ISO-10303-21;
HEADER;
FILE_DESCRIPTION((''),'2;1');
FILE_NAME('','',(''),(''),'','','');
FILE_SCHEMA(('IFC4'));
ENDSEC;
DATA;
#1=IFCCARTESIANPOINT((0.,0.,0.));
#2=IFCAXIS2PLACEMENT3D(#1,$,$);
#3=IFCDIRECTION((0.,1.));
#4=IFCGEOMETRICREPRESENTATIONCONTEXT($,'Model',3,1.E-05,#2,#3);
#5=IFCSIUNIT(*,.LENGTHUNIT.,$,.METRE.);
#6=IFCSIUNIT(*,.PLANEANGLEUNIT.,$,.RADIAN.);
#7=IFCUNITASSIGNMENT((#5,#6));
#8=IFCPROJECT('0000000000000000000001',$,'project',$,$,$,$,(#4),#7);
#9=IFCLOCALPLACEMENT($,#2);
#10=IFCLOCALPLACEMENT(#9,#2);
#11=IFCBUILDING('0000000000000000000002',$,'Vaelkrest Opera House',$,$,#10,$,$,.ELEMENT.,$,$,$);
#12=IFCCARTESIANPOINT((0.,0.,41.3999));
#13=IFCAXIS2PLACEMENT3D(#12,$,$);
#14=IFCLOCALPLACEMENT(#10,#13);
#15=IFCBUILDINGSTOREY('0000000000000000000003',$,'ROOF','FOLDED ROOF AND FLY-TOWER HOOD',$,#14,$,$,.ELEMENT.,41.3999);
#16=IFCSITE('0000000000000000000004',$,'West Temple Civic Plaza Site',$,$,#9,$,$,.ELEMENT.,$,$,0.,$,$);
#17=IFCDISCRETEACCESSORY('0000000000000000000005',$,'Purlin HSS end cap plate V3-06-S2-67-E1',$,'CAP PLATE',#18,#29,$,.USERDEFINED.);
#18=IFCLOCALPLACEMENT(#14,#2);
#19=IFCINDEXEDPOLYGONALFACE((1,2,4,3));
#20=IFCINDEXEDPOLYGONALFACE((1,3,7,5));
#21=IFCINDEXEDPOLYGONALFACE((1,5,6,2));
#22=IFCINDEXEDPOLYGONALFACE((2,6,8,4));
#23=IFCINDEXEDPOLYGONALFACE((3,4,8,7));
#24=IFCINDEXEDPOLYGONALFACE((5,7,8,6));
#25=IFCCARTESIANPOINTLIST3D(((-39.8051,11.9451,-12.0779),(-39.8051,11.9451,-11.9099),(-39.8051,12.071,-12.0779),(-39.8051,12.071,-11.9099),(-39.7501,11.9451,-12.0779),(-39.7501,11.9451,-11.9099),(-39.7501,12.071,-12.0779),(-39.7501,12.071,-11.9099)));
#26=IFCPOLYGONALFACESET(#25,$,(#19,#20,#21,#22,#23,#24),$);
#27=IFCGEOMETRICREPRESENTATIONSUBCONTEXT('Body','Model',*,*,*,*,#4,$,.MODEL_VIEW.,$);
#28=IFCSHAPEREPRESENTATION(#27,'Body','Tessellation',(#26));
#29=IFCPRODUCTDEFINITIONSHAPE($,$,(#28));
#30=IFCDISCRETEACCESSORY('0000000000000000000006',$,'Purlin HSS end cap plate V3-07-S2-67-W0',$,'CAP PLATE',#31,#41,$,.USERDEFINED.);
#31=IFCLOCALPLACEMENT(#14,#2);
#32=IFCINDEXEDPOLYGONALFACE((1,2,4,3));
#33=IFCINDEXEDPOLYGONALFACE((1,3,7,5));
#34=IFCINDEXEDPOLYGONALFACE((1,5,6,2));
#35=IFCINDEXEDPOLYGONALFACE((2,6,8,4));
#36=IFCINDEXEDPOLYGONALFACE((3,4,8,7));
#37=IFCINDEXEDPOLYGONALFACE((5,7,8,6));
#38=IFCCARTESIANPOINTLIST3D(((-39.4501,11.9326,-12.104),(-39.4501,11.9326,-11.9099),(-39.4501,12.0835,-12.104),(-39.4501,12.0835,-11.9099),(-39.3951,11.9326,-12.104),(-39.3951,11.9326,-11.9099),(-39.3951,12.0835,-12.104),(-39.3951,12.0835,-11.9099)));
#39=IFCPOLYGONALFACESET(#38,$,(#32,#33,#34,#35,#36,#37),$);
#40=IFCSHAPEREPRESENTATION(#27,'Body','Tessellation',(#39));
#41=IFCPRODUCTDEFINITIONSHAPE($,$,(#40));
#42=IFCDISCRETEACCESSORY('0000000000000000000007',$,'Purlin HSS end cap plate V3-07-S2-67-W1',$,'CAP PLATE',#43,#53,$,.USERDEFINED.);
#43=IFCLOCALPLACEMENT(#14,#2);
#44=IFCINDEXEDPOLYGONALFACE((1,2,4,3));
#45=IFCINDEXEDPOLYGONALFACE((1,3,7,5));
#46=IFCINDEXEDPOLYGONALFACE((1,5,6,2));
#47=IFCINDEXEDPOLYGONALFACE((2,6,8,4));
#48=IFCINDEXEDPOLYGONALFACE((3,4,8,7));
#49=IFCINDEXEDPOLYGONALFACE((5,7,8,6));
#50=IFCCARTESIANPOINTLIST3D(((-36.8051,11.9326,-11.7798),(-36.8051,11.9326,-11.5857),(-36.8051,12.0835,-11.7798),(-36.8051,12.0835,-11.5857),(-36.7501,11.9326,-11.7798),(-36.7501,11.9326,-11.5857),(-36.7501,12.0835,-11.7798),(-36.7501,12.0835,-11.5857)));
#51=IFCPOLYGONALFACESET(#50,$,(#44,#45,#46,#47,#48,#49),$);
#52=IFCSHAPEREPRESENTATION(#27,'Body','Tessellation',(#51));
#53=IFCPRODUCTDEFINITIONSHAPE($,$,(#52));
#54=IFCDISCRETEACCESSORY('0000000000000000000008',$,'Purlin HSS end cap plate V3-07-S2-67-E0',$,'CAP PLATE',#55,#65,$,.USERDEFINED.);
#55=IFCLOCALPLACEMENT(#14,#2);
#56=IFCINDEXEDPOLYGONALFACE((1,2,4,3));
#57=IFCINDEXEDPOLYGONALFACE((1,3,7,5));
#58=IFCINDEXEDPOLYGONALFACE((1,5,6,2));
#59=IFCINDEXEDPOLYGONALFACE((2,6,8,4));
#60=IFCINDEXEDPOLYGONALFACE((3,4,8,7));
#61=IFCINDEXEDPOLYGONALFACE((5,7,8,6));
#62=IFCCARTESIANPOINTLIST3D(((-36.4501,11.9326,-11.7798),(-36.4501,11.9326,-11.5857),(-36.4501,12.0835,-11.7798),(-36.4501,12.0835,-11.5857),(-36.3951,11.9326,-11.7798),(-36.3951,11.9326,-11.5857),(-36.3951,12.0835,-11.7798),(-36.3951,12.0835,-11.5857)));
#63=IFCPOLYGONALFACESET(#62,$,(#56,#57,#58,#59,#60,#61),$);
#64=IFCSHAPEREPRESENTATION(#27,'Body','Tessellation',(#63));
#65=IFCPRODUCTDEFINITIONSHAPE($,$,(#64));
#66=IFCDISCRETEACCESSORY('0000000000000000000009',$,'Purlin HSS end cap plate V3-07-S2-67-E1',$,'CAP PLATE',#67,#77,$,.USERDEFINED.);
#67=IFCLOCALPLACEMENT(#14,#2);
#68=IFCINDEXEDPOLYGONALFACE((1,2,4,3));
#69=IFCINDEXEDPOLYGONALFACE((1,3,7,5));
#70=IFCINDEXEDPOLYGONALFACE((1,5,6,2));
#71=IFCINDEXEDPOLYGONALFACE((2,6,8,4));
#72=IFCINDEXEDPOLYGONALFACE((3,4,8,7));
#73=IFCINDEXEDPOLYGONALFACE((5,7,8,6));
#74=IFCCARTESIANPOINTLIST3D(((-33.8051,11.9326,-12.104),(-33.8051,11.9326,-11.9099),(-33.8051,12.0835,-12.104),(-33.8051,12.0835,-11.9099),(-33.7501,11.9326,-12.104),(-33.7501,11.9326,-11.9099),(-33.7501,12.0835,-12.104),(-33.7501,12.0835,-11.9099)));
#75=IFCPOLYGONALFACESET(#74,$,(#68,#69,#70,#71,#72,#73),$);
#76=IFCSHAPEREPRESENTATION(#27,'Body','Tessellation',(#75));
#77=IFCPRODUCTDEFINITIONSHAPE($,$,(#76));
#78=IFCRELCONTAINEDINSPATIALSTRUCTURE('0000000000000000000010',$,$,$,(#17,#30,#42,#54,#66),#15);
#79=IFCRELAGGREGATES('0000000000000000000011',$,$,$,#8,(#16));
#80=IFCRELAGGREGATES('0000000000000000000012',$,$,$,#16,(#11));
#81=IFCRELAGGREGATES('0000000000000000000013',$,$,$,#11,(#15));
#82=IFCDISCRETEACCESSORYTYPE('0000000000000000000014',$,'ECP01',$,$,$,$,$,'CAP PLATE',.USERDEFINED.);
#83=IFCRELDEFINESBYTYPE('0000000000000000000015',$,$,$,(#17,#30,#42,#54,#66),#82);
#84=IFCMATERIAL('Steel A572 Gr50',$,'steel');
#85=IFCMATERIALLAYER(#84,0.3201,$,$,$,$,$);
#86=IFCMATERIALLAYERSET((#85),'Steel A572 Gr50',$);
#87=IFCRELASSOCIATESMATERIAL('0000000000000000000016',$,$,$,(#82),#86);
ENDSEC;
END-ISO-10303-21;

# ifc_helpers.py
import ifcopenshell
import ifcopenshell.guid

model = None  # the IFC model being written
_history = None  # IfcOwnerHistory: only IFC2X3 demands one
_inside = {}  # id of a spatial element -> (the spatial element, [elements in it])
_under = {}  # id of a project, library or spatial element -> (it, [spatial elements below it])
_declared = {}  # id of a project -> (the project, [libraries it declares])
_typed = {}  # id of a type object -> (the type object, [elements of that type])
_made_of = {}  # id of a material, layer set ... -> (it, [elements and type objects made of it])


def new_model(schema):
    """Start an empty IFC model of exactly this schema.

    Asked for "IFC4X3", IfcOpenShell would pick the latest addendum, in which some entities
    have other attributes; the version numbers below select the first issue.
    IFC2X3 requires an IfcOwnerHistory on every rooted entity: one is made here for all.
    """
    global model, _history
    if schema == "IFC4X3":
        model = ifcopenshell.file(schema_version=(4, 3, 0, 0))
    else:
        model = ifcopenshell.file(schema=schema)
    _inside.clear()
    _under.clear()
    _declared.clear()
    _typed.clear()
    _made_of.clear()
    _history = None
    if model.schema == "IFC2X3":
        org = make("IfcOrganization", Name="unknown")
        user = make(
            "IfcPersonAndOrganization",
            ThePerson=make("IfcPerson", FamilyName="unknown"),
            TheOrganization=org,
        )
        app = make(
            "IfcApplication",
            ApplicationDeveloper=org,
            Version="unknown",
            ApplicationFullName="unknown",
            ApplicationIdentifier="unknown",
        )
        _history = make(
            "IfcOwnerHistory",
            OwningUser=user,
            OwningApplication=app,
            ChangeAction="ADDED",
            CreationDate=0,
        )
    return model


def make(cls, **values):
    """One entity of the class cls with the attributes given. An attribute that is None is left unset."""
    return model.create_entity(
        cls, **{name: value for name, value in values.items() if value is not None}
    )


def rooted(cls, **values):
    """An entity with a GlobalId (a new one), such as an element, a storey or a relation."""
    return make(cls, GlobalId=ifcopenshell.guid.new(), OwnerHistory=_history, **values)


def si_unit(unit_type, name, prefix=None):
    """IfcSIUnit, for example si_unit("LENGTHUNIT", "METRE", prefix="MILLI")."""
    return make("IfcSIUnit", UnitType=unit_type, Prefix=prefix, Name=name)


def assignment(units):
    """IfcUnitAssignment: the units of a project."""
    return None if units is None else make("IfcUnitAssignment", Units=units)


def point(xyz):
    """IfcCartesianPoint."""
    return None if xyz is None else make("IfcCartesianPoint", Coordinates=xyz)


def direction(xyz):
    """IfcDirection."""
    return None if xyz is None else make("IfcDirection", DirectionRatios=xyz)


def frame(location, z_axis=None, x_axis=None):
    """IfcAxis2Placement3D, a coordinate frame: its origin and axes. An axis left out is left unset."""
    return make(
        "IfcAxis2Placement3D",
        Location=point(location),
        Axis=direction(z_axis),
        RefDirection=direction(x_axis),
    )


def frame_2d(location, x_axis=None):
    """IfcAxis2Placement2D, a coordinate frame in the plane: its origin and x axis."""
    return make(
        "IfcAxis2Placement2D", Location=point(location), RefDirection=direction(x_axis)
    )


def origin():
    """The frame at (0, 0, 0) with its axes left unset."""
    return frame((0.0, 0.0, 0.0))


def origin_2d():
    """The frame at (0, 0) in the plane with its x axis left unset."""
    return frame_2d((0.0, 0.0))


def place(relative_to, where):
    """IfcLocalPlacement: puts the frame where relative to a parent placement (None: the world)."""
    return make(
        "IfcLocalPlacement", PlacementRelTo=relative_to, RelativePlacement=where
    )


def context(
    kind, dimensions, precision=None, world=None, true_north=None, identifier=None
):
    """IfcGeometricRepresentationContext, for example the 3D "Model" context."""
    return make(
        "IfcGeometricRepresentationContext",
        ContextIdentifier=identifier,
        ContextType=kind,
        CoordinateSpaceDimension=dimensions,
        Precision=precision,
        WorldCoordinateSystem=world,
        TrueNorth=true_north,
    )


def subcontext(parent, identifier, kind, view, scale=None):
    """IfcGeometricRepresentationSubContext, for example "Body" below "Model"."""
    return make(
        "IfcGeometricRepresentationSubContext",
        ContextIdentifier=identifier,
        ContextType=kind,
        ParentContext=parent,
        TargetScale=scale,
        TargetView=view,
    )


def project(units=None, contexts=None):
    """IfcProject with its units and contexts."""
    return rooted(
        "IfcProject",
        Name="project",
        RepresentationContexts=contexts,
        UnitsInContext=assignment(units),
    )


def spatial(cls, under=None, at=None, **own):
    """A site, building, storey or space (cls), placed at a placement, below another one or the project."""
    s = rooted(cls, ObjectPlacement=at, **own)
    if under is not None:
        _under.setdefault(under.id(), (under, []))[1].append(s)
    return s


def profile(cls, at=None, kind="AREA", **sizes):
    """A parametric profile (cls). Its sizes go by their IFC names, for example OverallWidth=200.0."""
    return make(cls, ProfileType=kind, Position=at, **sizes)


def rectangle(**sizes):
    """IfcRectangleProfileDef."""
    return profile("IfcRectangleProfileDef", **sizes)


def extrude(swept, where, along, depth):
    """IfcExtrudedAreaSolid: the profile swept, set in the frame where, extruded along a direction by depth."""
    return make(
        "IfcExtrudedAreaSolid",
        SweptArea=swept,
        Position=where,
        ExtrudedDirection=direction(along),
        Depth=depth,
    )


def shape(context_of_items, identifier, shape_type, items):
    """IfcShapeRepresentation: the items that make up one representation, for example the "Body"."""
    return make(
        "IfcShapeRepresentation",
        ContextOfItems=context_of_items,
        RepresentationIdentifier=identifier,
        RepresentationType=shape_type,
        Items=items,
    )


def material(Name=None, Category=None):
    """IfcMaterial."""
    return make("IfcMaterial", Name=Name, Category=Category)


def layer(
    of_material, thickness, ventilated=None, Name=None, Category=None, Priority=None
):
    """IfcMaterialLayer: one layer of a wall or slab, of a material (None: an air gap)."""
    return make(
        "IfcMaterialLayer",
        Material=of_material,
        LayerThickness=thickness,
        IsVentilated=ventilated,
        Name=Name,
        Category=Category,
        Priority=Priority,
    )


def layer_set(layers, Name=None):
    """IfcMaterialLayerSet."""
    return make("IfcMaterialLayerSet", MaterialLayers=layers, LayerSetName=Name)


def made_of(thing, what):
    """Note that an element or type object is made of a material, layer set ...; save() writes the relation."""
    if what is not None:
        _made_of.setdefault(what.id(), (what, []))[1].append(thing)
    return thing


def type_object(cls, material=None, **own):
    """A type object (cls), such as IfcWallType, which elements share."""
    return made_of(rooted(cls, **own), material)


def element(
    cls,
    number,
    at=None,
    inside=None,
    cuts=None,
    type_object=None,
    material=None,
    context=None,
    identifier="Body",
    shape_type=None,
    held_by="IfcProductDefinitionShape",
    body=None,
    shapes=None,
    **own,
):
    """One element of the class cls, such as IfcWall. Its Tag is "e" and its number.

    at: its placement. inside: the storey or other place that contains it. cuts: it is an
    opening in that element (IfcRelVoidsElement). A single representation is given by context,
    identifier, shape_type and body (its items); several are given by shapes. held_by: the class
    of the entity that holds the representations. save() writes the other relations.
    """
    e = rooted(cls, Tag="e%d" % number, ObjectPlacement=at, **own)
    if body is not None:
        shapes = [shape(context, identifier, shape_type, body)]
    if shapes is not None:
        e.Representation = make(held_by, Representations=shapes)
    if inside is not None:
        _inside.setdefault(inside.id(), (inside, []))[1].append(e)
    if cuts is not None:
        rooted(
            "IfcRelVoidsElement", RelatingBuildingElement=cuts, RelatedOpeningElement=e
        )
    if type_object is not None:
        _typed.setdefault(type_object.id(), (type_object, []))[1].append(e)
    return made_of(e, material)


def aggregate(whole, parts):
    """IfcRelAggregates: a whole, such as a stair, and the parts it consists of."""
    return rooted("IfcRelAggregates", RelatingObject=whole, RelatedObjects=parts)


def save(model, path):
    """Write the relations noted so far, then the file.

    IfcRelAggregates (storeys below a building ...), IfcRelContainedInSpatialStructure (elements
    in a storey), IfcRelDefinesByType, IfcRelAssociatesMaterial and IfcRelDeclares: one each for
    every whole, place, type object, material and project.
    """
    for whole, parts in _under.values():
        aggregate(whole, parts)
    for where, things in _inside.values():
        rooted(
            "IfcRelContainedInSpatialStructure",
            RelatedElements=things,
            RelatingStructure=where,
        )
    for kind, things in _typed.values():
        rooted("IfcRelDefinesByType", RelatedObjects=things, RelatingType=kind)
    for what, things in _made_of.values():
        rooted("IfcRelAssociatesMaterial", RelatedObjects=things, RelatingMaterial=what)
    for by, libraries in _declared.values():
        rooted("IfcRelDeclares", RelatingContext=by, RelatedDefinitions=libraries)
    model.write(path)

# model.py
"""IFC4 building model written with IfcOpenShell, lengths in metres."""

from ifc_helpers import new_model, si_unit, direction, frame, origin, origin_2d, place, context, subcontext, project, spatial, rectangle, extrude, material, layer, layer_set, type_object, element, save


model = new_model("IFC4")

# Units and contexts
model_context = context("Model", 3, precision=1e-05, world=origin(), true_north=direction((0.0, 1.0)))
body_context = subcontext(model_context, "Body", "Model", "MODEL_VIEW")
ifc_project = project(units=[si_unit("LENGTHUNIT", "METRE"), si_unit("PLANEANGLEUNIT", "RADIAN")], contexts=[model_context])

# Site, building, storey
site_placement = place(None, origin())
site = spatial("IfcSite", under=ifc_project, at=site_placement, Name="West Temple Civic Plaza Site", CompositionType="ELEMENT", RefElevation=0.0)
building_placement = place(site_placement, origin())
building = spatial("IfcBuilding", under=site, at=building_placement, Name="Vaelkrest Opera House", CompositionType="ELEMENT")
storey_placement = place(building_placement, frame((0.0, 0.0, 41.3999)))
storey = spatial("IfcBuildingStorey", under=building, at=storey_placement, Name="ROOF", Description="FOLDED ROOF AND FLY-TOWER HOOD", CompositionType="ELEMENT", Elevation=41.3999)

# Shared definitions
ifc_material_1 = material(Name="Steel A572 Gr50", Category="steel")

# Discrete accessories
ifc_layer_1 = layer(ifc_material_1, 0.3201)
ifc_layer_set_1 = layer_set([ifc_layer_1], Name="Steel A572 Gr50")
discrete_accessory_type = type_object("IfcDiscreteAccessoryType", Name="ECP01", ElementType="CAP PLATE", PredefinedType="USERDEFINED", material=ifc_layer_set_1)
for number, where, z_axis, x_axis, name in (
    (1, (-39.7776, 12.0081, -12.0779), (0.0, 0.0, 1.0), (1.0, 0.0, 0.0), "Purlin HSS end cap plate V3-06-S2-67-E1"),
):
    element("IfcDiscreteAccessory", number, at=place(storey_placement, frame(where, z_axis=z_axis, x_axis=x_axis)), inside=storey, type_object=discrete_accessory_type, Name=name, ObjectType="CAP PLATE", PredefinedType="USERDEFINED", context=body_context, shape_type="SweptSolid", body=[
        extrude(rectangle(XDim=0.0549, YDim=0.126, at=origin_2d()), origin(), (0.0, 0.0, 1.0), 0.168),
    ])
for number, where, z_axis, x_axis, name in (
    (2, (-39.4226, 12.0081, -12.104), (0.0, 0.0, 1.0), (1.0, 0.0, 0.0), "Purlin HSS end cap plate V3-07-S2-67-W0"),
    (3, (-36.7776, 12.0081, -11.7798), (0.0, 0.0, 1.0), (1.0, 0.0, 0.0), "Purlin HSS end cap plate V3-07-S2-67-W1"),
    (4, (-36.4226, 12.0081, -11.7798), (0.0, 0.0, 1.0), (1.0, 0.0, 0.0), "Purlin HSS end cap plate V3-07-S2-67-E0"),
    (5, (-33.7776, 12.0081, -12.104), (0.0, 0.0, 1.0), (1.0, 0.0, 0.0), "Purlin HSS end cap plate V3-07-S2-67-E1"),
):
    element("IfcDiscreteAccessory", number, at=place(storey_placement, frame(where, z_axis=z_axis, x_axis=x_axis)), inside=storey, type_object=discrete_accessory_type, Name=name, ObjectType="CAP PLATE", PredefinedType="USERDEFINED", context=body_context, shape_type="SweptSolid", body=[
        extrude(rectangle(XDim=0.0549, YDim=0.1509, at=origin_2d()), origin(), (0.0, 0.0, 1.0), 0.1941),
    ])

save(model, "model.ifc")
